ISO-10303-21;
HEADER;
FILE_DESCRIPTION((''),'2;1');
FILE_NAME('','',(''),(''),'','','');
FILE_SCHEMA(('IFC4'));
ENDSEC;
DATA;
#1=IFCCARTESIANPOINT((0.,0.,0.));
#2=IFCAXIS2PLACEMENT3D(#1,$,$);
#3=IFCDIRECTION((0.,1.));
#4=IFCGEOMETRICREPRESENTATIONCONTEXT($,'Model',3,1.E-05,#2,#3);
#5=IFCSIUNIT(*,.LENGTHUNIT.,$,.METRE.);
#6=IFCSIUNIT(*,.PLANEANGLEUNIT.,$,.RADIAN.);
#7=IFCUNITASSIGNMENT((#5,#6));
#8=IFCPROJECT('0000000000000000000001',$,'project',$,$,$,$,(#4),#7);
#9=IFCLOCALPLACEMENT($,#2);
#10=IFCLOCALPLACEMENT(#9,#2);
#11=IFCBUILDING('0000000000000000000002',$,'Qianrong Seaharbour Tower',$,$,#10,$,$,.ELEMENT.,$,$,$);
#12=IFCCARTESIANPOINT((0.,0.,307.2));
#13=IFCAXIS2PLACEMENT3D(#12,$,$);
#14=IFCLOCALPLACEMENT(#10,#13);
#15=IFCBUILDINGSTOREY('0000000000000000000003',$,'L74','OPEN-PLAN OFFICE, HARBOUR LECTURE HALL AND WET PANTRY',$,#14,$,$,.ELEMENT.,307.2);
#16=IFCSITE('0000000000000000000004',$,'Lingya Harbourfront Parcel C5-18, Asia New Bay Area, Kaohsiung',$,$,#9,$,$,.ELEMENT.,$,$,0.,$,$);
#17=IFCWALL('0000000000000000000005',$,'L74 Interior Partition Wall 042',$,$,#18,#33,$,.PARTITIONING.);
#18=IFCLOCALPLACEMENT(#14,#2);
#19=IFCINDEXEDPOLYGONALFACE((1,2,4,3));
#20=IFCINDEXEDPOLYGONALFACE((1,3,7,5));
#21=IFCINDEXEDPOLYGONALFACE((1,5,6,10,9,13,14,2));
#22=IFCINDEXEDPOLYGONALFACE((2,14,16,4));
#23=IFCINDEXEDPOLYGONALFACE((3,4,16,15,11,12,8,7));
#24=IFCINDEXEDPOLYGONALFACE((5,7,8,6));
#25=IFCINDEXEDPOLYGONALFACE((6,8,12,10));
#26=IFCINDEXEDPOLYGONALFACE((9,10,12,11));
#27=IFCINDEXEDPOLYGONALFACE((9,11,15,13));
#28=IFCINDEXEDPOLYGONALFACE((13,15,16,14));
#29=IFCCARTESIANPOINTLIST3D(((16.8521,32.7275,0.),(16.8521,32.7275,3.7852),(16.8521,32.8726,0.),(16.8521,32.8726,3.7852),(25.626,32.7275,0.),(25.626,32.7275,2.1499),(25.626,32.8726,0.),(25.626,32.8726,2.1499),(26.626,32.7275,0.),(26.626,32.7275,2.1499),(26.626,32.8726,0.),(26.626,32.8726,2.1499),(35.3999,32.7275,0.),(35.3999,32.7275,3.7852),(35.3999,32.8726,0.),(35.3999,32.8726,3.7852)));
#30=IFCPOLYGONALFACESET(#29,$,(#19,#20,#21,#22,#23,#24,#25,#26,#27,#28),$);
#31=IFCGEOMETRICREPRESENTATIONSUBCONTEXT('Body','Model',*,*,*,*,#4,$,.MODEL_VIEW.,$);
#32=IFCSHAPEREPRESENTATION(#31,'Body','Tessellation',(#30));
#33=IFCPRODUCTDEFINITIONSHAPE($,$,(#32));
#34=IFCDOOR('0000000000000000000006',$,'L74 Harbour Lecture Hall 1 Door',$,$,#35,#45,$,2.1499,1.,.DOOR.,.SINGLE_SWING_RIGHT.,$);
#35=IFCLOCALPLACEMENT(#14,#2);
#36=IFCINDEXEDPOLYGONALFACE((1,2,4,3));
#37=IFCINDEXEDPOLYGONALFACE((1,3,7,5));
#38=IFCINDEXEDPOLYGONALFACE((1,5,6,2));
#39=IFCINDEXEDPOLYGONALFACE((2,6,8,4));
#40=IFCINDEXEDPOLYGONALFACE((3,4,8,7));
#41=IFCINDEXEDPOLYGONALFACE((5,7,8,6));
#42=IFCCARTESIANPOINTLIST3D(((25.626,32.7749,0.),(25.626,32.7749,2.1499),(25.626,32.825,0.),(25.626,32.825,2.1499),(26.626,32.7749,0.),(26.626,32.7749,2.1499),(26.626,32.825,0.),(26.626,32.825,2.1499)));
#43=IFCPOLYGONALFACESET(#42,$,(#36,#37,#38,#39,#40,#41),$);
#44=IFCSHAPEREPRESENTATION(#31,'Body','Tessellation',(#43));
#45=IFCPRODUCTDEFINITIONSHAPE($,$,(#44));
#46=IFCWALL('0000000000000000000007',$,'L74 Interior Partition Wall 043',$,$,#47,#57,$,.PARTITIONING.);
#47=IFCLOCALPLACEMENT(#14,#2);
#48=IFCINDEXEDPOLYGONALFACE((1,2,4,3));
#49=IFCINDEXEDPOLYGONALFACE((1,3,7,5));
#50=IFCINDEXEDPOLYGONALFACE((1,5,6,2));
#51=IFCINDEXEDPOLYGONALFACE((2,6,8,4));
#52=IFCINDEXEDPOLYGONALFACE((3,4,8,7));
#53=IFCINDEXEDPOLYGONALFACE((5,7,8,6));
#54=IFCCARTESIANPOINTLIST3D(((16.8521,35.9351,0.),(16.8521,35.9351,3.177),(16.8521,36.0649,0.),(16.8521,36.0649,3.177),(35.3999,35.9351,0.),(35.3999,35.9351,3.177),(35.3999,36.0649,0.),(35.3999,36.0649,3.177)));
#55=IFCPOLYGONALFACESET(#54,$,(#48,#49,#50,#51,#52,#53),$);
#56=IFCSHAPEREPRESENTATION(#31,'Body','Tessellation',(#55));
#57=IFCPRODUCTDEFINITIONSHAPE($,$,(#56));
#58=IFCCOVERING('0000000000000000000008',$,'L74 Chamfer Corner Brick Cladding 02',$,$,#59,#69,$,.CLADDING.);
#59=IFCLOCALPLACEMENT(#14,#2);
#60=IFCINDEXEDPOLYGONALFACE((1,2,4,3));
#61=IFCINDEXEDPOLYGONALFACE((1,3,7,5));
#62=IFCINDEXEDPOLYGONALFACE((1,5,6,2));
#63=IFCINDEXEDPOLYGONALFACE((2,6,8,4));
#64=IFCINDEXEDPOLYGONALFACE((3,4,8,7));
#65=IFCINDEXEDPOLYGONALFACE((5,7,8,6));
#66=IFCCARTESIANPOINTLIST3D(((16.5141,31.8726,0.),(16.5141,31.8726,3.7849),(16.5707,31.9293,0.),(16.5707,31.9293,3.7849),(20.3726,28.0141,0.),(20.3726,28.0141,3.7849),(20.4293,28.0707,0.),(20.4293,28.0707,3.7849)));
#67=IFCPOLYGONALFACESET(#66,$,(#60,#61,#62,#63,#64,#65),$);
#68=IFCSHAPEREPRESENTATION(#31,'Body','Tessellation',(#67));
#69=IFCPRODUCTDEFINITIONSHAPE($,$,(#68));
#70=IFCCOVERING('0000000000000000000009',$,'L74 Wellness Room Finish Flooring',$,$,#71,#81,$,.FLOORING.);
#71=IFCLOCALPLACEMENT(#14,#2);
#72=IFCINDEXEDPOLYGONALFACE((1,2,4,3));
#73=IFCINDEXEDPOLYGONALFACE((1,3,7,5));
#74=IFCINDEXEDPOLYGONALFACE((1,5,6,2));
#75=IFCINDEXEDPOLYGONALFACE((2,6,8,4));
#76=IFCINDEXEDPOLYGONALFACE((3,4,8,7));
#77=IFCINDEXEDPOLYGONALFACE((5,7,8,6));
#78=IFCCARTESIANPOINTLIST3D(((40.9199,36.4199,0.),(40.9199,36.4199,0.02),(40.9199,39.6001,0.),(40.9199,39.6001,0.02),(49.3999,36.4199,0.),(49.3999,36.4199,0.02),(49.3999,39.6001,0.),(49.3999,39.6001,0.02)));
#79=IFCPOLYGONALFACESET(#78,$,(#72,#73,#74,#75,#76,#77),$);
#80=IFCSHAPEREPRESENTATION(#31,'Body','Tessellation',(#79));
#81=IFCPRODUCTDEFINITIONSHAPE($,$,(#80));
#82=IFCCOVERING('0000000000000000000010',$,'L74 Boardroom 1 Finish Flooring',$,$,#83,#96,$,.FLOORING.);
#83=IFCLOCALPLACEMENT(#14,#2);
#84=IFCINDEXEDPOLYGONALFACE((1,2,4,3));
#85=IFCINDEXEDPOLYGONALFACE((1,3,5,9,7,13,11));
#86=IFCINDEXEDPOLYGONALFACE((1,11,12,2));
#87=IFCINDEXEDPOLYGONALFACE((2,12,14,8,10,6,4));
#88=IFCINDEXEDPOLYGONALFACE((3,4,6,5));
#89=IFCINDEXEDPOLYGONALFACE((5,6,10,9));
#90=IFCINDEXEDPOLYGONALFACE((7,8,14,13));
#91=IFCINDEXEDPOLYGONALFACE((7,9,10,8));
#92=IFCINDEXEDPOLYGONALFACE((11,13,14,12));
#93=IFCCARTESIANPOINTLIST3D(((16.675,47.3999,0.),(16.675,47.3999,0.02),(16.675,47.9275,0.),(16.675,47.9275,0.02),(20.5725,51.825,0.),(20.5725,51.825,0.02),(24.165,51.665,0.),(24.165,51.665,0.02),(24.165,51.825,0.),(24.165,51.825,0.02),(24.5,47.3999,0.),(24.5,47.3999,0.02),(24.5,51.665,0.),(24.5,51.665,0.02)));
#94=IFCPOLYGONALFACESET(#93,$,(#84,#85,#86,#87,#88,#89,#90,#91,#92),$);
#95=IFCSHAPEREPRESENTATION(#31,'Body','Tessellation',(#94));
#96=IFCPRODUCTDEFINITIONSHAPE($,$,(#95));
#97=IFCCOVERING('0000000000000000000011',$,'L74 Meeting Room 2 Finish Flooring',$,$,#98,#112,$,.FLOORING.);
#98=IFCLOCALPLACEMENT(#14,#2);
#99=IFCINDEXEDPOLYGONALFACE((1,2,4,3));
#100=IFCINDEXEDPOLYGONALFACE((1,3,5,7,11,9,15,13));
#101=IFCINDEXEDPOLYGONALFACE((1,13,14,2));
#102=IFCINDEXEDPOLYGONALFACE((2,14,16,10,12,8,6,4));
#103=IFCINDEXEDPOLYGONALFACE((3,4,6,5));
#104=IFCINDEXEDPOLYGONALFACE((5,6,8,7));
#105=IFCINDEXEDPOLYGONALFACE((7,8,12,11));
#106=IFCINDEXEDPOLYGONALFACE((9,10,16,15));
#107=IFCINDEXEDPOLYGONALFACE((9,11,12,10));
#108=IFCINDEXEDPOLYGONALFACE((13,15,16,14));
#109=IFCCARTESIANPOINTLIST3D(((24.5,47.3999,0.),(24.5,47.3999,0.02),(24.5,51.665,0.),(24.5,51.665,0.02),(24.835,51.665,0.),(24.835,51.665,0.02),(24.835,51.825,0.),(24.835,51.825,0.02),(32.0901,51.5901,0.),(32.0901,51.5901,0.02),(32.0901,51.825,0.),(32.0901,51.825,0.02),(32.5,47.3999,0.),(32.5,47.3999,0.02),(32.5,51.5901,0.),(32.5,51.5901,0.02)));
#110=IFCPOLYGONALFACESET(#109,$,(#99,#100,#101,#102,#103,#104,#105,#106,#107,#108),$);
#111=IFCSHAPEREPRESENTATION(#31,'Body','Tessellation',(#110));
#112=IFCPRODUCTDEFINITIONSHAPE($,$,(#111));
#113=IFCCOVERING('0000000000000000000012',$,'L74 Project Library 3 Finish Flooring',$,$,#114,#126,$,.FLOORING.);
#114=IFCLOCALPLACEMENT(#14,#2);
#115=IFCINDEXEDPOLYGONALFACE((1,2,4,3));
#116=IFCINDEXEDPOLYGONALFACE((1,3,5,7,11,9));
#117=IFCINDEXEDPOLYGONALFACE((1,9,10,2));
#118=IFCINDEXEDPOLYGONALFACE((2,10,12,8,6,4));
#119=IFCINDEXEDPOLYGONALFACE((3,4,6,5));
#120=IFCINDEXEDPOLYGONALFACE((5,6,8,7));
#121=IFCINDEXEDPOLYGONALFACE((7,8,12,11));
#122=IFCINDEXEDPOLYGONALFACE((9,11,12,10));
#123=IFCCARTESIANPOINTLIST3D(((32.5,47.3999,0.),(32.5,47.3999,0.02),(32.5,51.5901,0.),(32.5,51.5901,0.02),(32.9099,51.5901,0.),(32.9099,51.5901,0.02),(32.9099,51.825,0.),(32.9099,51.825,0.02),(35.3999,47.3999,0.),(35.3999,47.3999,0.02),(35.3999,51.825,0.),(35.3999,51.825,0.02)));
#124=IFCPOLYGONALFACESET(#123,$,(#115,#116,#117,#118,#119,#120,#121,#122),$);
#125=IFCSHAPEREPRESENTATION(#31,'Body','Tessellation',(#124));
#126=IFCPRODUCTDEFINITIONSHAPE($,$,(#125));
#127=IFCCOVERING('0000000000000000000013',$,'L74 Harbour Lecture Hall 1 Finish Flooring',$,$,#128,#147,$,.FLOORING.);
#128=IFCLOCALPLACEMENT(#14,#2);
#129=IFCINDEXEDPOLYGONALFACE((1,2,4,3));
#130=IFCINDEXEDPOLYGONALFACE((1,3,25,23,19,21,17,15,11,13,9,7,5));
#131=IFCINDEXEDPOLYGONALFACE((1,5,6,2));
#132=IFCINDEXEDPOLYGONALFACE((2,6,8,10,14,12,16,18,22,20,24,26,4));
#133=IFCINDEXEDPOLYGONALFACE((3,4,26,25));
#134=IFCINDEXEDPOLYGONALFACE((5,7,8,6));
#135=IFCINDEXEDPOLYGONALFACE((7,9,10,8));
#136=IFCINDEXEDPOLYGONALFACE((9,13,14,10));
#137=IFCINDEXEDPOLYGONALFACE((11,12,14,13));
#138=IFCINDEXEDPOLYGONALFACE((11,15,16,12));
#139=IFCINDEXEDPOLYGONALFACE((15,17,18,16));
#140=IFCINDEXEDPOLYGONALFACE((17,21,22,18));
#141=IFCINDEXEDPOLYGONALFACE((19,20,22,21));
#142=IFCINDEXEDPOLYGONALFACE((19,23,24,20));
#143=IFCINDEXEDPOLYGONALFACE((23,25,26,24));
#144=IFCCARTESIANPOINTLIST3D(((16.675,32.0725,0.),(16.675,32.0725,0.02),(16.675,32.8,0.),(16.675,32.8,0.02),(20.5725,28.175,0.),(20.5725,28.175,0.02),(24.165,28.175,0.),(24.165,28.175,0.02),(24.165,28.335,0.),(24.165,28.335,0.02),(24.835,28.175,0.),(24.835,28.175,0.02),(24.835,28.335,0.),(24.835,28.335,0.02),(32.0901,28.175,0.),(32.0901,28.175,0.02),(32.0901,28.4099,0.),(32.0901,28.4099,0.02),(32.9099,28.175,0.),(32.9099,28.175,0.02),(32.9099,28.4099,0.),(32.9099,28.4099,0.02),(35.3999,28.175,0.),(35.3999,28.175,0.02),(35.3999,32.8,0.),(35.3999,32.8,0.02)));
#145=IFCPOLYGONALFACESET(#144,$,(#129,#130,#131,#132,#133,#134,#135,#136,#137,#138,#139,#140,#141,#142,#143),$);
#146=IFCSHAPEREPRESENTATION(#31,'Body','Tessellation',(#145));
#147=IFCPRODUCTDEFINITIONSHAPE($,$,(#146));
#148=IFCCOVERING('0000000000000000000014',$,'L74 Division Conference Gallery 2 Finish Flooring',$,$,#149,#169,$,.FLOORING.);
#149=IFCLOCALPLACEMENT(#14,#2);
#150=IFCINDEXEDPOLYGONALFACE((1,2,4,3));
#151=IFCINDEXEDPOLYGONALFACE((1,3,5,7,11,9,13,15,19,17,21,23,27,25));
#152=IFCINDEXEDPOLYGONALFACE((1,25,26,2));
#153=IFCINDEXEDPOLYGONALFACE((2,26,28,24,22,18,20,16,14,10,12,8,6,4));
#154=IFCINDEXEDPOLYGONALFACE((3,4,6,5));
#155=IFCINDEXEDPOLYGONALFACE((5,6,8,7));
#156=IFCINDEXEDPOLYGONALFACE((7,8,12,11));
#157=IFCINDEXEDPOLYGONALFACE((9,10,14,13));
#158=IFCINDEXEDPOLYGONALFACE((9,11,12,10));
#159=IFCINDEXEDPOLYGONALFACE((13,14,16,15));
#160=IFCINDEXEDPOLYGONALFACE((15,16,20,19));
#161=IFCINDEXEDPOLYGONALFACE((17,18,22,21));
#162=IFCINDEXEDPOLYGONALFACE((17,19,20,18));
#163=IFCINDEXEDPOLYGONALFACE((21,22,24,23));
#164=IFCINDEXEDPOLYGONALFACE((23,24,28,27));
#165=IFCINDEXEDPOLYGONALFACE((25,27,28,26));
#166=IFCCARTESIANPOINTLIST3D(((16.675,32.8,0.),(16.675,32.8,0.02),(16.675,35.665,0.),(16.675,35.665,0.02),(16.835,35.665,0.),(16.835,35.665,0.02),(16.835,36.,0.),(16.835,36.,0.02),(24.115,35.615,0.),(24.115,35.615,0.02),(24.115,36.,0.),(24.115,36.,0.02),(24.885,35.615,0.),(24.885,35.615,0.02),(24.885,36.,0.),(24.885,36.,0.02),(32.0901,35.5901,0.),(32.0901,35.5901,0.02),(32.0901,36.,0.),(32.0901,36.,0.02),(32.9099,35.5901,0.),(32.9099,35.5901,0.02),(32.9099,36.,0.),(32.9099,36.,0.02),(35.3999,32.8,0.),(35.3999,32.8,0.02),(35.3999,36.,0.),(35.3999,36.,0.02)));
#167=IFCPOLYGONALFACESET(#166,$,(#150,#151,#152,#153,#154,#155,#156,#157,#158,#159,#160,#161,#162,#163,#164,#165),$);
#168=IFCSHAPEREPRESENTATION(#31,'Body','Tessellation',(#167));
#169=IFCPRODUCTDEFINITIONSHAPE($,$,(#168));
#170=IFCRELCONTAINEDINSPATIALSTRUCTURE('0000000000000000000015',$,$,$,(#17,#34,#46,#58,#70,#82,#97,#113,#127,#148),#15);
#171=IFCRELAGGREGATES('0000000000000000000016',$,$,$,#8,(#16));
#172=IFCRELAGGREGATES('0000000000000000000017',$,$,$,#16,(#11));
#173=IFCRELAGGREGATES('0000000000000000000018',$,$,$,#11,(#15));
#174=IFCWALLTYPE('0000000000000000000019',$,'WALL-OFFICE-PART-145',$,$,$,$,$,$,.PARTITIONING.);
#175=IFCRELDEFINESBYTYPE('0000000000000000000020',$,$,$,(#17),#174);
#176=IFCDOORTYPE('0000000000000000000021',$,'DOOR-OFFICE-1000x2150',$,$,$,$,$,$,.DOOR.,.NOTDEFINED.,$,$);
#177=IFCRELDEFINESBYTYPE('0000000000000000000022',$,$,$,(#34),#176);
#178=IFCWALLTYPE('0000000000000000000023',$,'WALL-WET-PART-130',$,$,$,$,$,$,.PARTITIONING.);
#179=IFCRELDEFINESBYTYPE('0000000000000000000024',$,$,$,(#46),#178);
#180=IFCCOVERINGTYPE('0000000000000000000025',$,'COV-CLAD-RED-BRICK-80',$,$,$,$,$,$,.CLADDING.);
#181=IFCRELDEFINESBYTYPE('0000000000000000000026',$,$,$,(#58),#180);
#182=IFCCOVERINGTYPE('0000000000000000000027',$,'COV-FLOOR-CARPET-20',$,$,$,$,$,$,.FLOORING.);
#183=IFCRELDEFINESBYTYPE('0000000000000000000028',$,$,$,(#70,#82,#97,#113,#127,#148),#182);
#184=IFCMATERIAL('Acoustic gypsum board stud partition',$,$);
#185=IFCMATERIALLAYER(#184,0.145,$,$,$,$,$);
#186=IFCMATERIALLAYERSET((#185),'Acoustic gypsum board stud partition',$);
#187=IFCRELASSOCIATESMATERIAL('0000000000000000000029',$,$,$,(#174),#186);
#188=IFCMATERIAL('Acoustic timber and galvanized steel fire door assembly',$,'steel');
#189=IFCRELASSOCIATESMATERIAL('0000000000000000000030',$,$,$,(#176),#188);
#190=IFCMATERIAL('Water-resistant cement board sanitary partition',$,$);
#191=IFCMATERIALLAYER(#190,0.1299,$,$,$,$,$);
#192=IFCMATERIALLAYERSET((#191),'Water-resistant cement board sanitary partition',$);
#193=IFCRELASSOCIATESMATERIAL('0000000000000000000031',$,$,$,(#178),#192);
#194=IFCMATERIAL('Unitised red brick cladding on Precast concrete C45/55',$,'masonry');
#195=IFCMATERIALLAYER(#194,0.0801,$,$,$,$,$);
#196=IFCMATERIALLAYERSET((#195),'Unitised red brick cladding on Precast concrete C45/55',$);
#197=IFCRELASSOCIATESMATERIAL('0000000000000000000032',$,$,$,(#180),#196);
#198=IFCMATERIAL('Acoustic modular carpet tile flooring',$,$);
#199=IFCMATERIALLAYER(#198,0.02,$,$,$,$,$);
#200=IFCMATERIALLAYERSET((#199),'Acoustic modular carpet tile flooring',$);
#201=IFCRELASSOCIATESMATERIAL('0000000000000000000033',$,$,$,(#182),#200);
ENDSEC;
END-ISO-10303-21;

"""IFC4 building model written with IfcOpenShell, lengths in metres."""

from ifc_helpers import new_model, si_unit, direction, frame, frame_2d, origin, origin_2d, place, context, subcontext, project, spatial, polyline, rectangle, outline, extrude, material, layer, layer_set, type_object, element, fill, save


model = new_model("IFC4")

# Units and contexts
model_context = context("Model", 3, precision=1e-05, world=origin(), true_north=direction((0.0, 1.0)))
body_context = subcontext(model_context, "Body", "Model", "MODEL_VIEW")
ifc_project = project(units=[si_unit("LENGTHUNIT", "METRE"), si_unit("PLANEANGLEUNIT", "RADIAN")], contexts=[model_context])

# Site, building, storey
site_placement = place(None, origin())
site = spatial("IfcSite", under=ifc_project, at=site_placement, Name="Lingya Harbourfront Parcel C5-18, Asia New Bay Area, Kaohsiung", CompositionType="ELEMENT", RefElevation=0.0)
building_placement = place(site_placement, origin())
building = spatial("IfcBuilding", under=site, at=building_placement, Name="Qianrong Seaharbour Tower", CompositionType="ELEMENT")
storey_placement = place(building_placement, frame((0.0, 0.0, 307.2)))
storey = spatial("IfcBuildingStorey", under=building, at=storey_placement, Name="L74", Description="OPEN-PLAN OFFICE, HARBOUR LECTURE HALL AND WET PANTRY", CompositionType="ELEMENT", Elevation=307.2)

# Wall, opening, door
ifc_material_1 = material(Name="Acoustic gypsum board stud partition")
ifc_layer_1 = layer(ifc_material_1, 0.145)
ifc_layer_set_1 = layer_set([ifc_layer_1], Name="Acoustic gypsum board stud partition")
wall_type_1 = type_object("IfcWallType", Name="WALL-OFFICE-PART-145", PredefinedType="PARTITIONING", material=ifc_layer_set_1)
wall_1_placement = place(storey_placement, frame((16.8521, 32.8, 0.0), z_axis=(0.0, 0.0, 1.0), x_axis=(1.0, 0.0, 0.0)))
wall_1 = element("IfcWall", 1, at=wall_1_placement, inside=storey, type_object=wall_type_1, Name="L74 Interior Partition Wall 042", PredefinedType="PARTITIONING", context=body_context, shape_type="SweptSolid", body=[
    extrude(rectangle(XDim=18.5479, YDim=0.145, at=frame_2d((9.2739, 0.0))), origin(), (0.0, 0.0, 1.0), 3.7852),
])
opening_1_placement = place(wall_1_placement, frame((8.7739, 0.0, 0.0)))
opening_1 = element("IfcOpeningElement", 2, at=opening_1_placement, cuts=wall_1, PredefinedType="OPENING", context=body_context, shape_type="SweptSolid", body=[
    extrude(rectangle(XDim=1.0, YDim=2.1499, at=frame_2d((0.5, 1.075))), frame((0.0, 0.0825, 0.0), z_axis=(0.0, -1.0, 0.0), x_axis=(1.0, 0.0, 0.0)), (0.0, 0.0, 1.0), 0.165),
])
ifc_material_2 = material(Name="Acoustic timber and galvanized steel fire door assembly", Category="steel")
door_type = type_object("IfcDoorType", Name="DOOR-OFFICE-1000x2150", OperationType="NOTDEFINED", PredefinedType="DOOR", material=ifc_material_2)
door_placement = place(opening_1_placement, origin())
door = element("IfcDoor", 3, at=door_placement, inside=storey, type_object=door_type, Name="L74 Harbour Lecture Hall 1 Door", OperationType="SINGLE_SWING_RIGHT", OverallHeight=2.1499, OverallWidth=1.0, PredefinedType="DOOR", context=body_context, shape_type="SweptSolid", body=[
    extrude(rectangle(XDim=1.0, YDim=2.1499, at=frame_2d((0.5, 1.075))), frame((0.0, 0.0249, 0.0), z_axis=(0.0, -1.0, 0.0), x_axis=(1.0, 0.0, 0.0)), (0.0, 0.0, 1.0), 0.05),
])
fill(opening_1, door)

# Wall
ifc_material_3 = material(Name="Water-resistant cement board sanitary partition")
ifc_layer_2 = layer(ifc_material_3, 0.1299)
ifc_layer_set_2 = layer_set([ifc_layer_2], Name="Water-resistant cement board sanitary partition")
wall_type_2 = type_object("IfcWallType", Name="WALL-WET-PART-130", PredefinedType="PARTITIONING", material=ifc_layer_set_2)
wall_2_placement = place(storey_placement, frame((16.8521, 36.0, 0.0), z_axis=(0.0, 0.0, 1.0), x_axis=(1.0, 0.0, 0.0)))
element("IfcWall", 4, at=wall_2_placement, inside=storey, type_object=wall_type_2, Name="L74 Interior Partition Wall 043", PredefinedType="PARTITIONING", context=body_context, shape_type="SweptSolid", body=[
    extrude(rectangle(XDim=18.5479, YDim=0.1299, at=frame_2d((9.2739, 0.0))), origin(), (0.0, 0.0, 1.0), 3.177),
])

# Coverings
ifc_material_4 = material(Name="Unitised red brick cladding on Precast concrete C45/55", Category="masonry")
ifc_layer_3 = layer(ifc_material_4, 0.0801)
ifc_layer_set_3 = layer_set([ifc_layer_3], Name="Unitised red brick cladding on Precast concrete C45/55")
covering_type_1 = type_object("IfcCoveringType", Name="COV-CLAD-RED-BRICK-80", PredefinedType="CLADDING", material=ifc_layer_set_3)
covering_1_placement = place(storey_placement, frame((18.4717, 29.9717, 0.0), z_axis=(0.0, 0.0, 1.0), x_axis=(-0.707107, 0.707107, 0.0)))
element("IfcCovering", 5, at=covering_1_placement, inside=storey, type_object=covering_type_1, Name="L74 Chamfer Corner Brick Cladding 02", PredefinedType="CLADDING", context=body_context, shape_type="SweptSolid", body=[
    extrude(rectangle(XDim=5.4568, YDim=0.0801, at=origin_2d()), origin(), (0.0, 0.0, 1.0), 3.7849),
])
ifc_material_5 = material(Name="Acoustic modular carpet tile flooring")
ifc_layer_4 = layer(ifc_material_5, 0.02)
ifc_layer_set_4 = layer_set([ifc_layer_4], Name="Acoustic modular carpet tile flooring")
covering_type_2 = type_object("IfcCoveringType", Name="COV-FLOOR-CARPET-20", PredefinedType="FLOORING", material=ifc_layer_set_4)
covering_2_placement = place(storey_placement, origin())
element("IfcCovering", 6, at=covering_2_placement, inside=storey, type_object=covering_type_2, Name="L74 Wellness Room Finish Flooring", PredefinedType="FLOORING", context=body_context, shape_type="SweptSolid", body=[
    extrude(outline(polyline([(49.3999, 39.6001), (49.3999, 36.4199), (40.9199, 36.4199), (40.9199, 39.6001), (49.3999, 39.6001)])), origin(), (0.0, 0.0, 1.0), 0.02),
])
covering_3_placement = place(storey_placement, origin())
element("IfcCovering", 7, at=covering_3_placement, inside=storey, type_object=covering_type_2, Name="L74 Boardroom 1 Finish Flooring", PredefinedType="FLOORING", context=body_context, shape_type="SweptSolid", body=[
    extrude(outline(polyline([(16.675, 47.9275), (20.5725, 51.825), (24.165, 51.825), (24.165, 51.665), (24.5, 51.665), (24.5, 47.3999), (16.675, 47.3999), (16.675, 47.9275)])), origin(), (0.0, 0.0, 1.0), 0.02),
])
covering_4_placement = place(storey_placement, origin())
element("IfcCovering", 8, at=covering_4_placement, inside=storey, type_object=covering_type_2, Name="L74 Meeting Room 2 Finish Flooring", PredefinedType="FLOORING", context=body_context, shape_type="SweptSolid", body=[
    extrude(outline(polyline([(24.5, 51.665), (24.835, 51.665), (24.835, 51.825), (32.0901, 51.825), (32.0901, 51.5901), (32.5, 51.5901), (32.5, 47.3999), (24.5, 47.3999), (24.5, 51.665)])), origin(), (0.0, 0.0, 1.0), 0.02),
])
covering_5_placement = place(storey_placement, origin())
element("IfcCovering", 9, at=covering_5_placement, inside=storey, type_object=covering_type_2, Name="L74 Project Library 3 Finish Flooring", PredefinedType="FLOORING", context=body_context, shape_type="SweptSolid", body=[
    extrude(outline(polyline([(32.5, 51.5901), (32.9099, 51.5901), (32.9099, 51.825), (35.3999, 51.825), (35.3999, 47.3999), (32.5, 47.3999), (32.5, 51.5901)])), origin(), (0.0, 0.0, 1.0), 0.02),
])
covering_6_placement = place(storey_placement, origin())
element("IfcCovering", 10, at=covering_6_placement, inside=storey, type_object=covering_type_2, Name="L74 Harbour Lecture Hall 1 Finish Flooring", PredefinedType="FLOORING", context=body_context, shape_type="SweptSolid", body=[
    extrude(outline(polyline([(32.9099, 28.175), (32.9099, 28.4099), (32.0901, 28.4099), (32.0901, 28.175), (24.835, 28.175), (24.835, 28.335), (24.165, 28.335), (24.165, 28.175), (20.5725, 28.175), (16.675, 32.0725), (16.675, 32.8), (35.3999, 32.8), (35.3999, 28.175), (32.9099, 28.175)])), origin(), (0.0, 0.0, 1.0), 0.02),
])
covering_7_placement = place(storey_placement, origin())
element("IfcCovering", 11, at=covering_7_placement, inside=storey, type_object=covering_type_2, Name="L74 Division Conference Gallery 2 Finish Flooring", PredefinedType="FLOORING", context=body_context, shape_type="SweptSolid", body=[
    extrude(outline(polyline([(16.675, 32.8), (16.675, 35.665), (16.835, 35.665), (16.835, 36.0), (24.115, 36.0), (24.115, 35.615), (24.885, 35.615), (24.885, 36.0), (32.0901, 36.0), (32.0901, 35.5901), (32.9099, 35.5901), (32.9099, 36.0), (35.3999, 36.0), (35.3999, 32.8), (16.675, 32.8)])), origin(), (0.0, 0.0, 1.0), 0.02),
])

save(model, "model.ifc")
